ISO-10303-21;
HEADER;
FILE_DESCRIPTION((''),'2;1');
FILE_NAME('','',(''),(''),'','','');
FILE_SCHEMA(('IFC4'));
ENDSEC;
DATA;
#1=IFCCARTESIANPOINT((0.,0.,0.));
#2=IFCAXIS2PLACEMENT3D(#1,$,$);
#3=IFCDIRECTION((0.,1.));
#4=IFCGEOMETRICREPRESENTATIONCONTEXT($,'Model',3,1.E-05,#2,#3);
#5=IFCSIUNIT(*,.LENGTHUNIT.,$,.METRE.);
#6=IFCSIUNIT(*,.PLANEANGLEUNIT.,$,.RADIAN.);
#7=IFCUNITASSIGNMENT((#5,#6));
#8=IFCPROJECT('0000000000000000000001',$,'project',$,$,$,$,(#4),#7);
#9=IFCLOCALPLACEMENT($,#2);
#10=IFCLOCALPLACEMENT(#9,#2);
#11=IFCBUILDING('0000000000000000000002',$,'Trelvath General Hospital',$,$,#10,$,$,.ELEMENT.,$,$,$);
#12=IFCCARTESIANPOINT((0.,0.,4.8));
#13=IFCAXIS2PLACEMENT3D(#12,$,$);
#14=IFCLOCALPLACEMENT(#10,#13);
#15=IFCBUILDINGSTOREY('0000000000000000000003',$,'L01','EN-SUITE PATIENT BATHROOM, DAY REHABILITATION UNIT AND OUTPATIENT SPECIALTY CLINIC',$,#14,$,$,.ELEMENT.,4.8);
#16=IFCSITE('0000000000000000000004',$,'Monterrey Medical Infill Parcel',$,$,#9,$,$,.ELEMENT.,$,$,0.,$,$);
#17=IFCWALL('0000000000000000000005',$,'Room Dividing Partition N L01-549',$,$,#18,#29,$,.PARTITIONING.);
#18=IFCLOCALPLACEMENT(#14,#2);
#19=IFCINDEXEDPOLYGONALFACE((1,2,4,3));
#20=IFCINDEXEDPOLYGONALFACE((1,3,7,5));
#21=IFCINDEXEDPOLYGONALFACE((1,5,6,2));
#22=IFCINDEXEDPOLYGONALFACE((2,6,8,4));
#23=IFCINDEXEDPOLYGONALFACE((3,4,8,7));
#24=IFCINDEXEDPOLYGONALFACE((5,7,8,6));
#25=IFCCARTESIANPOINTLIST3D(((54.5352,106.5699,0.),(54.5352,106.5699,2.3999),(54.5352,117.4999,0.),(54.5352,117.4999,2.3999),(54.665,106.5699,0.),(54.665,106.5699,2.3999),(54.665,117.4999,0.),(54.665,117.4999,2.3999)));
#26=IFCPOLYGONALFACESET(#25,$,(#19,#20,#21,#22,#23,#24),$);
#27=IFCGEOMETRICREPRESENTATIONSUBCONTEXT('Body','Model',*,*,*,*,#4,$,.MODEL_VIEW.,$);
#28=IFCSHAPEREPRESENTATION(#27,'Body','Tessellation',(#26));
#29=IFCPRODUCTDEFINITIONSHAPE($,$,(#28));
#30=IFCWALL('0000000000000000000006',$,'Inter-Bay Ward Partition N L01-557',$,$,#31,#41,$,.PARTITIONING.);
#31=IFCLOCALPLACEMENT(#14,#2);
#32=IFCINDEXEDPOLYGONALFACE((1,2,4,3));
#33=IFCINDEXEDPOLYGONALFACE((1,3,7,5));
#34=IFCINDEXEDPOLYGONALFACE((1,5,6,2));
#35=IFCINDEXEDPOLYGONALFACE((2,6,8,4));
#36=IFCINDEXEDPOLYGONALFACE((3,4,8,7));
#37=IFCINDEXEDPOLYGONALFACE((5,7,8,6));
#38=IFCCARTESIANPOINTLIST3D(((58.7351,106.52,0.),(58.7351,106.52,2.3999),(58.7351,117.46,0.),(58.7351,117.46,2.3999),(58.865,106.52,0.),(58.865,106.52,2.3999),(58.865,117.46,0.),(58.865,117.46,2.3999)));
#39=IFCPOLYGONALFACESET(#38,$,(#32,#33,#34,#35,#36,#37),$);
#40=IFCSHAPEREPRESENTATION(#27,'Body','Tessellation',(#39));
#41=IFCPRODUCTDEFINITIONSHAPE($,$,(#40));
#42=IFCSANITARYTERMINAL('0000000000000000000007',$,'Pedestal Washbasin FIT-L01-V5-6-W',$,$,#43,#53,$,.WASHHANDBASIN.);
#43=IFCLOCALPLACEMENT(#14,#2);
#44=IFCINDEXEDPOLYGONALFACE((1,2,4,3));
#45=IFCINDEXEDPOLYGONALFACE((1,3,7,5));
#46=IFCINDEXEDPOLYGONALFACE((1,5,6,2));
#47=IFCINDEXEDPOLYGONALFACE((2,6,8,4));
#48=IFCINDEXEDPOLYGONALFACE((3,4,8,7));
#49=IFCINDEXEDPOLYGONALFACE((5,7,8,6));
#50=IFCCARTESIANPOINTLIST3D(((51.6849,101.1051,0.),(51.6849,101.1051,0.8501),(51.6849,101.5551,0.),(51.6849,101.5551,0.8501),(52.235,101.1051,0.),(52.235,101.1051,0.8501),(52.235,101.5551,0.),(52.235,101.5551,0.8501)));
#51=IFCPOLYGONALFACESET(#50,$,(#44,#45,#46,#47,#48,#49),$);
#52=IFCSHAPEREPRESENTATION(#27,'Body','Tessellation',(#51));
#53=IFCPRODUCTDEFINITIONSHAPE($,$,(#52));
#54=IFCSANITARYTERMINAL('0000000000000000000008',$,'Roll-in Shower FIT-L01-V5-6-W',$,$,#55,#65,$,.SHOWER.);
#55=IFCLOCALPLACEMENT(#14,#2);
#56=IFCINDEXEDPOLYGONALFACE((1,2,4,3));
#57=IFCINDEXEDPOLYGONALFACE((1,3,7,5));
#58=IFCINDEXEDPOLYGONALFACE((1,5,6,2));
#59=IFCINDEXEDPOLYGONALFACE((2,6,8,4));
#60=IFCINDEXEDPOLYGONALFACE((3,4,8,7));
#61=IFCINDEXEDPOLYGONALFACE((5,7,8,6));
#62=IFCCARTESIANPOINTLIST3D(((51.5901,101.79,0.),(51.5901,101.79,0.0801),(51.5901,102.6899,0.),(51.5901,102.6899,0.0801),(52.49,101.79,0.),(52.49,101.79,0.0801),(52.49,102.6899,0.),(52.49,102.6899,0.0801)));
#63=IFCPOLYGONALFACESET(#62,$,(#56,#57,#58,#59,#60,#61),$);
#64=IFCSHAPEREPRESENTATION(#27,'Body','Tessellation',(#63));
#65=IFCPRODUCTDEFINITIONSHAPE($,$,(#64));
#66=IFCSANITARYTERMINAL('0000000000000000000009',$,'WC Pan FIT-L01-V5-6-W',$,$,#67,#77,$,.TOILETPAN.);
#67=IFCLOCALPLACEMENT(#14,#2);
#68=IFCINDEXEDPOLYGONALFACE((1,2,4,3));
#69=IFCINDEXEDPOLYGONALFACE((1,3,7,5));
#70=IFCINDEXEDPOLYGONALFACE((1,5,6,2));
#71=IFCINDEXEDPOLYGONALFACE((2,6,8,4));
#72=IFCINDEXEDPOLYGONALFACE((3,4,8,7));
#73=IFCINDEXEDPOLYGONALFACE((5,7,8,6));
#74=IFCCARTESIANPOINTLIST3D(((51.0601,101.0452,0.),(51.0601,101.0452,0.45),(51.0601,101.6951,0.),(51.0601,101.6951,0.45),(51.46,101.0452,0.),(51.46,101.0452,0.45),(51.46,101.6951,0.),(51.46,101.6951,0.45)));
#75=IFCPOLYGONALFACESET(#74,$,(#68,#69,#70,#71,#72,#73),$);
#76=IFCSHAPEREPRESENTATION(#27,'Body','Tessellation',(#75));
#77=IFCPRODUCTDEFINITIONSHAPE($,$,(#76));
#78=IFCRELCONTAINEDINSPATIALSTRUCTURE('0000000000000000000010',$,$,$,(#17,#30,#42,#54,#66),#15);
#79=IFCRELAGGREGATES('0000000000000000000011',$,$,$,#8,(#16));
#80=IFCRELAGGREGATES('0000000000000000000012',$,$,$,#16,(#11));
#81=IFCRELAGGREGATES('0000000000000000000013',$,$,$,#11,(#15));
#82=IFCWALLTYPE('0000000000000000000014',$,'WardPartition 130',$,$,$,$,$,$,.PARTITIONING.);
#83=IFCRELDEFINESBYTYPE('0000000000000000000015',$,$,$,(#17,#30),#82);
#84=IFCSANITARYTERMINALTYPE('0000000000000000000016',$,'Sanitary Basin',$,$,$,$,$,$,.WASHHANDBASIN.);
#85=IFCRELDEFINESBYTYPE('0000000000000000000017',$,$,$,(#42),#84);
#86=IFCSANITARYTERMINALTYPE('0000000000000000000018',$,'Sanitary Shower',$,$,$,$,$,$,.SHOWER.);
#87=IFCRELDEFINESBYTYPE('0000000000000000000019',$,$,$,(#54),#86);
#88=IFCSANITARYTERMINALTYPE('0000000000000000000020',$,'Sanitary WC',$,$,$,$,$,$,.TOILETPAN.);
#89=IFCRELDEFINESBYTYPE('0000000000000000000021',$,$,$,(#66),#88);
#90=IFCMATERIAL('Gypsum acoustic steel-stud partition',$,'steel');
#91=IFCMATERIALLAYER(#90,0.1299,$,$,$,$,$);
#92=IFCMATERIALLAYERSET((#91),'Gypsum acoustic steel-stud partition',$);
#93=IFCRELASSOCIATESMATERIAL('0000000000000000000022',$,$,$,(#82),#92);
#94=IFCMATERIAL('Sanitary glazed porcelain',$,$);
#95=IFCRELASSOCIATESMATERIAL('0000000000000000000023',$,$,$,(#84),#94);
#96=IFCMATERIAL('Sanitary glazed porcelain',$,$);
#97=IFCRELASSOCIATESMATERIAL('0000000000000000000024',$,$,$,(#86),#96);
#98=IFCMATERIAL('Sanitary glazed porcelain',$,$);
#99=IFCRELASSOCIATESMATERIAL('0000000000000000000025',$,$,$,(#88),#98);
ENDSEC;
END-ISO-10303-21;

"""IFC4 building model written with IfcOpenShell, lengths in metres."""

from ifc_helpers import new_model, si_unit, direction, frame, frame_2d, origin, origin_2d, place, context, subcontext, project, spatial, rectangle, extrude, material, layer, layer_set, type_object, element, save


model = new_model("IFC4")

# Units and contexts
model_context = context("Model", 3, precision=1e-05, world=origin(), true_north=direction((0.0, 1.0)))
body_context = subcontext(model_context, "Body", "Model", "MODEL_VIEW")
ifc_project = project(units=[si_unit("LENGTHUNIT", "METRE"), si_unit("PLANEANGLEUNIT", "RADIAN")], contexts=[model_context])

# Site, building, storey
site_placement = place(None, origin())
site = spatial("IfcSite", under=ifc_project, at=site_placement, Name="Monterrey Medical Infill Parcel", CompositionType="ELEMENT", RefElevation=0.0)
building_placement = place(site_placement, origin())
building = spatial("IfcBuilding", under=site, at=building_placement, Name="Trelvath General Hospital", CompositionType="ELEMENT")
storey_placement = place(building_placement, frame((0.0, 0.0, 4.8)))
storey = spatial("IfcBuildingStorey", under=building, at=storey_placement, Name="L01", Description="EN-SUITE PATIENT BATHROOM, DAY REHABILITATION UNIT AND OUTPATIENT SPECIALTY CLINIC", CompositionType="ELEMENT", Elevation=4.8)

# Walls
ifc_material_1 = material(Name="Gypsum acoustic steel-stud partition", Category="steel")
ifc_layer_1 = layer(ifc_material_1, 0.1299)
ifc_layer_set_1 = layer_set([ifc_layer_1], Name="Gypsum acoustic steel-stud partition")
wall_type_1 = type_object("IfcWallType", Name="WardPartition 130", PredefinedType="PARTITIONING", material=ifc_layer_set_1)
wall_1_placement = place(storey_placement, frame((54.6001, 106.5701, 0.0), z_axis=(0.0, 0.0, 1.0), x_axis=(0.0, 1.0, 0.0)))
element("IfcWall", 1, at=wall_1_placement, inside=storey, type_object=wall_type_1, Name="Room Dividing Partition N L01-549", PredefinedType="PARTITIONING", context=body_context, shape_type="SweptSolid", body=[
    extrude(rectangle(XDim=10.9299, YDim=0.1299, at=frame_2d((5.4648, 0.0))), origin(), (0.0, 0.0, 1.0), 2.3999),
])
wall_2_placement = place(storey_placement, frame((58.8, 106.52, 0.0), z_axis=(0.0, 0.0, 1.0), x_axis=(0.0, 1.0, 0.0)))
element("IfcWall", 2, at=wall_2_placement, inside=storey, type_object=wall_type_1, Name="Inter-Bay Ward Partition N L01-557", PredefinedType="PARTITIONING", context=body_context, shape_type="SweptSolid", body=[
    extrude(rectangle(XDim=10.9399, YDim=0.1299, at=frame_2d((5.47, 0.0))), origin(), (0.0, 0.0, 1.0), 2.3999),
])

# Sanitary terminals
ifc_material_2 = material(Name="Sanitary glazed porcelain")
sanitary_terminal_type_1 = type_object("IfcSanitaryTerminalType", Name="Sanitary Basin", PredefinedType="WASHHANDBASIN", material=ifc_material_2)
sanitary_terminal_1_placement = place(storey_placement, frame((51.96, 101.3301, 0.0), z_axis=(0.0, 0.0, 1.0), x_axis=(1.0, 0.0, 0.0)))
element("IfcSanitaryTerminal", 3, at=sanitary_terminal_1_placement, inside=storey, type_object=sanitary_terminal_type_1, Name="Pedestal Washbasin FIT-L01-V5-6-W", PredefinedType="WASHHANDBASIN", context=body_context, shape_type="SweptSolid", body=[
    extrude(rectangle(XDim=0.55, YDim=0.45, at=origin_2d()), origin(), (0.0, 0.0, 1.0), 0.8501),
])
ifc_material_3 = material(Name="Sanitary glazed porcelain")
sanitary_terminal_type_2 = type_object("IfcSanitaryTerminalType", Name="Sanitary Shower", PredefinedType="SHOWER", material=ifc_material_3)
sanitary_terminal_2_placement = place(storey_placement, frame((52.04, 102.24, 0.0), z_axis=(0.0, 0.0, 1.0), x_axis=(1.0, 0.0, 0.0)))
element("IfcSanitaryTerminal", 4, at=sanitary_terminal_2_placement, inside=storey, type_object=sanitary_terminal_type_2, Name="Roll-in Shower FIT-L01-V5-6-W", PredefinedType="SHOWER", context=body_context, shape_type="SweptSolid", body=[
    extrude(rectangle(XDim=0.8999, YDim=0.8999, at=origin_2d()), origin(), (0.0, 0.0, 1.0), 0.0801),
])
ifc_material_4 = material(Name="Sanitary glazed porcelain")
sanitary_terminal_type_3 = type_object("IfcSanitaryTerminalType", Name="Sanitary WC", PredefinedType="TOILETPAN", material=ifc_material_4)
sanitary_terminal_3_placement = place(storey_placement, frame((51.26, 101.3701, 0.0), z_axis=(0.0, 0.0, 1.0), x_axis=(1.0, 0.0, 0.0)))
element("IfcSanitaryTerminal", 5, at=sanitary_terminal_3_placement, inside=storey, type_object=sanitary_terminal_type_3, Name="WC Pan FIT-L01-V5-6-W", PredefinedType="TOILETPAN", context=body_context, shape_type="SweptSolid", body=[
    extrude(rectangle(XDim=0.3999, YDim=0.6499, at=origin_2d()), origin(), (0.0, 0.0, 1.0), 0.45),
])

save(model, "model.ifc")
